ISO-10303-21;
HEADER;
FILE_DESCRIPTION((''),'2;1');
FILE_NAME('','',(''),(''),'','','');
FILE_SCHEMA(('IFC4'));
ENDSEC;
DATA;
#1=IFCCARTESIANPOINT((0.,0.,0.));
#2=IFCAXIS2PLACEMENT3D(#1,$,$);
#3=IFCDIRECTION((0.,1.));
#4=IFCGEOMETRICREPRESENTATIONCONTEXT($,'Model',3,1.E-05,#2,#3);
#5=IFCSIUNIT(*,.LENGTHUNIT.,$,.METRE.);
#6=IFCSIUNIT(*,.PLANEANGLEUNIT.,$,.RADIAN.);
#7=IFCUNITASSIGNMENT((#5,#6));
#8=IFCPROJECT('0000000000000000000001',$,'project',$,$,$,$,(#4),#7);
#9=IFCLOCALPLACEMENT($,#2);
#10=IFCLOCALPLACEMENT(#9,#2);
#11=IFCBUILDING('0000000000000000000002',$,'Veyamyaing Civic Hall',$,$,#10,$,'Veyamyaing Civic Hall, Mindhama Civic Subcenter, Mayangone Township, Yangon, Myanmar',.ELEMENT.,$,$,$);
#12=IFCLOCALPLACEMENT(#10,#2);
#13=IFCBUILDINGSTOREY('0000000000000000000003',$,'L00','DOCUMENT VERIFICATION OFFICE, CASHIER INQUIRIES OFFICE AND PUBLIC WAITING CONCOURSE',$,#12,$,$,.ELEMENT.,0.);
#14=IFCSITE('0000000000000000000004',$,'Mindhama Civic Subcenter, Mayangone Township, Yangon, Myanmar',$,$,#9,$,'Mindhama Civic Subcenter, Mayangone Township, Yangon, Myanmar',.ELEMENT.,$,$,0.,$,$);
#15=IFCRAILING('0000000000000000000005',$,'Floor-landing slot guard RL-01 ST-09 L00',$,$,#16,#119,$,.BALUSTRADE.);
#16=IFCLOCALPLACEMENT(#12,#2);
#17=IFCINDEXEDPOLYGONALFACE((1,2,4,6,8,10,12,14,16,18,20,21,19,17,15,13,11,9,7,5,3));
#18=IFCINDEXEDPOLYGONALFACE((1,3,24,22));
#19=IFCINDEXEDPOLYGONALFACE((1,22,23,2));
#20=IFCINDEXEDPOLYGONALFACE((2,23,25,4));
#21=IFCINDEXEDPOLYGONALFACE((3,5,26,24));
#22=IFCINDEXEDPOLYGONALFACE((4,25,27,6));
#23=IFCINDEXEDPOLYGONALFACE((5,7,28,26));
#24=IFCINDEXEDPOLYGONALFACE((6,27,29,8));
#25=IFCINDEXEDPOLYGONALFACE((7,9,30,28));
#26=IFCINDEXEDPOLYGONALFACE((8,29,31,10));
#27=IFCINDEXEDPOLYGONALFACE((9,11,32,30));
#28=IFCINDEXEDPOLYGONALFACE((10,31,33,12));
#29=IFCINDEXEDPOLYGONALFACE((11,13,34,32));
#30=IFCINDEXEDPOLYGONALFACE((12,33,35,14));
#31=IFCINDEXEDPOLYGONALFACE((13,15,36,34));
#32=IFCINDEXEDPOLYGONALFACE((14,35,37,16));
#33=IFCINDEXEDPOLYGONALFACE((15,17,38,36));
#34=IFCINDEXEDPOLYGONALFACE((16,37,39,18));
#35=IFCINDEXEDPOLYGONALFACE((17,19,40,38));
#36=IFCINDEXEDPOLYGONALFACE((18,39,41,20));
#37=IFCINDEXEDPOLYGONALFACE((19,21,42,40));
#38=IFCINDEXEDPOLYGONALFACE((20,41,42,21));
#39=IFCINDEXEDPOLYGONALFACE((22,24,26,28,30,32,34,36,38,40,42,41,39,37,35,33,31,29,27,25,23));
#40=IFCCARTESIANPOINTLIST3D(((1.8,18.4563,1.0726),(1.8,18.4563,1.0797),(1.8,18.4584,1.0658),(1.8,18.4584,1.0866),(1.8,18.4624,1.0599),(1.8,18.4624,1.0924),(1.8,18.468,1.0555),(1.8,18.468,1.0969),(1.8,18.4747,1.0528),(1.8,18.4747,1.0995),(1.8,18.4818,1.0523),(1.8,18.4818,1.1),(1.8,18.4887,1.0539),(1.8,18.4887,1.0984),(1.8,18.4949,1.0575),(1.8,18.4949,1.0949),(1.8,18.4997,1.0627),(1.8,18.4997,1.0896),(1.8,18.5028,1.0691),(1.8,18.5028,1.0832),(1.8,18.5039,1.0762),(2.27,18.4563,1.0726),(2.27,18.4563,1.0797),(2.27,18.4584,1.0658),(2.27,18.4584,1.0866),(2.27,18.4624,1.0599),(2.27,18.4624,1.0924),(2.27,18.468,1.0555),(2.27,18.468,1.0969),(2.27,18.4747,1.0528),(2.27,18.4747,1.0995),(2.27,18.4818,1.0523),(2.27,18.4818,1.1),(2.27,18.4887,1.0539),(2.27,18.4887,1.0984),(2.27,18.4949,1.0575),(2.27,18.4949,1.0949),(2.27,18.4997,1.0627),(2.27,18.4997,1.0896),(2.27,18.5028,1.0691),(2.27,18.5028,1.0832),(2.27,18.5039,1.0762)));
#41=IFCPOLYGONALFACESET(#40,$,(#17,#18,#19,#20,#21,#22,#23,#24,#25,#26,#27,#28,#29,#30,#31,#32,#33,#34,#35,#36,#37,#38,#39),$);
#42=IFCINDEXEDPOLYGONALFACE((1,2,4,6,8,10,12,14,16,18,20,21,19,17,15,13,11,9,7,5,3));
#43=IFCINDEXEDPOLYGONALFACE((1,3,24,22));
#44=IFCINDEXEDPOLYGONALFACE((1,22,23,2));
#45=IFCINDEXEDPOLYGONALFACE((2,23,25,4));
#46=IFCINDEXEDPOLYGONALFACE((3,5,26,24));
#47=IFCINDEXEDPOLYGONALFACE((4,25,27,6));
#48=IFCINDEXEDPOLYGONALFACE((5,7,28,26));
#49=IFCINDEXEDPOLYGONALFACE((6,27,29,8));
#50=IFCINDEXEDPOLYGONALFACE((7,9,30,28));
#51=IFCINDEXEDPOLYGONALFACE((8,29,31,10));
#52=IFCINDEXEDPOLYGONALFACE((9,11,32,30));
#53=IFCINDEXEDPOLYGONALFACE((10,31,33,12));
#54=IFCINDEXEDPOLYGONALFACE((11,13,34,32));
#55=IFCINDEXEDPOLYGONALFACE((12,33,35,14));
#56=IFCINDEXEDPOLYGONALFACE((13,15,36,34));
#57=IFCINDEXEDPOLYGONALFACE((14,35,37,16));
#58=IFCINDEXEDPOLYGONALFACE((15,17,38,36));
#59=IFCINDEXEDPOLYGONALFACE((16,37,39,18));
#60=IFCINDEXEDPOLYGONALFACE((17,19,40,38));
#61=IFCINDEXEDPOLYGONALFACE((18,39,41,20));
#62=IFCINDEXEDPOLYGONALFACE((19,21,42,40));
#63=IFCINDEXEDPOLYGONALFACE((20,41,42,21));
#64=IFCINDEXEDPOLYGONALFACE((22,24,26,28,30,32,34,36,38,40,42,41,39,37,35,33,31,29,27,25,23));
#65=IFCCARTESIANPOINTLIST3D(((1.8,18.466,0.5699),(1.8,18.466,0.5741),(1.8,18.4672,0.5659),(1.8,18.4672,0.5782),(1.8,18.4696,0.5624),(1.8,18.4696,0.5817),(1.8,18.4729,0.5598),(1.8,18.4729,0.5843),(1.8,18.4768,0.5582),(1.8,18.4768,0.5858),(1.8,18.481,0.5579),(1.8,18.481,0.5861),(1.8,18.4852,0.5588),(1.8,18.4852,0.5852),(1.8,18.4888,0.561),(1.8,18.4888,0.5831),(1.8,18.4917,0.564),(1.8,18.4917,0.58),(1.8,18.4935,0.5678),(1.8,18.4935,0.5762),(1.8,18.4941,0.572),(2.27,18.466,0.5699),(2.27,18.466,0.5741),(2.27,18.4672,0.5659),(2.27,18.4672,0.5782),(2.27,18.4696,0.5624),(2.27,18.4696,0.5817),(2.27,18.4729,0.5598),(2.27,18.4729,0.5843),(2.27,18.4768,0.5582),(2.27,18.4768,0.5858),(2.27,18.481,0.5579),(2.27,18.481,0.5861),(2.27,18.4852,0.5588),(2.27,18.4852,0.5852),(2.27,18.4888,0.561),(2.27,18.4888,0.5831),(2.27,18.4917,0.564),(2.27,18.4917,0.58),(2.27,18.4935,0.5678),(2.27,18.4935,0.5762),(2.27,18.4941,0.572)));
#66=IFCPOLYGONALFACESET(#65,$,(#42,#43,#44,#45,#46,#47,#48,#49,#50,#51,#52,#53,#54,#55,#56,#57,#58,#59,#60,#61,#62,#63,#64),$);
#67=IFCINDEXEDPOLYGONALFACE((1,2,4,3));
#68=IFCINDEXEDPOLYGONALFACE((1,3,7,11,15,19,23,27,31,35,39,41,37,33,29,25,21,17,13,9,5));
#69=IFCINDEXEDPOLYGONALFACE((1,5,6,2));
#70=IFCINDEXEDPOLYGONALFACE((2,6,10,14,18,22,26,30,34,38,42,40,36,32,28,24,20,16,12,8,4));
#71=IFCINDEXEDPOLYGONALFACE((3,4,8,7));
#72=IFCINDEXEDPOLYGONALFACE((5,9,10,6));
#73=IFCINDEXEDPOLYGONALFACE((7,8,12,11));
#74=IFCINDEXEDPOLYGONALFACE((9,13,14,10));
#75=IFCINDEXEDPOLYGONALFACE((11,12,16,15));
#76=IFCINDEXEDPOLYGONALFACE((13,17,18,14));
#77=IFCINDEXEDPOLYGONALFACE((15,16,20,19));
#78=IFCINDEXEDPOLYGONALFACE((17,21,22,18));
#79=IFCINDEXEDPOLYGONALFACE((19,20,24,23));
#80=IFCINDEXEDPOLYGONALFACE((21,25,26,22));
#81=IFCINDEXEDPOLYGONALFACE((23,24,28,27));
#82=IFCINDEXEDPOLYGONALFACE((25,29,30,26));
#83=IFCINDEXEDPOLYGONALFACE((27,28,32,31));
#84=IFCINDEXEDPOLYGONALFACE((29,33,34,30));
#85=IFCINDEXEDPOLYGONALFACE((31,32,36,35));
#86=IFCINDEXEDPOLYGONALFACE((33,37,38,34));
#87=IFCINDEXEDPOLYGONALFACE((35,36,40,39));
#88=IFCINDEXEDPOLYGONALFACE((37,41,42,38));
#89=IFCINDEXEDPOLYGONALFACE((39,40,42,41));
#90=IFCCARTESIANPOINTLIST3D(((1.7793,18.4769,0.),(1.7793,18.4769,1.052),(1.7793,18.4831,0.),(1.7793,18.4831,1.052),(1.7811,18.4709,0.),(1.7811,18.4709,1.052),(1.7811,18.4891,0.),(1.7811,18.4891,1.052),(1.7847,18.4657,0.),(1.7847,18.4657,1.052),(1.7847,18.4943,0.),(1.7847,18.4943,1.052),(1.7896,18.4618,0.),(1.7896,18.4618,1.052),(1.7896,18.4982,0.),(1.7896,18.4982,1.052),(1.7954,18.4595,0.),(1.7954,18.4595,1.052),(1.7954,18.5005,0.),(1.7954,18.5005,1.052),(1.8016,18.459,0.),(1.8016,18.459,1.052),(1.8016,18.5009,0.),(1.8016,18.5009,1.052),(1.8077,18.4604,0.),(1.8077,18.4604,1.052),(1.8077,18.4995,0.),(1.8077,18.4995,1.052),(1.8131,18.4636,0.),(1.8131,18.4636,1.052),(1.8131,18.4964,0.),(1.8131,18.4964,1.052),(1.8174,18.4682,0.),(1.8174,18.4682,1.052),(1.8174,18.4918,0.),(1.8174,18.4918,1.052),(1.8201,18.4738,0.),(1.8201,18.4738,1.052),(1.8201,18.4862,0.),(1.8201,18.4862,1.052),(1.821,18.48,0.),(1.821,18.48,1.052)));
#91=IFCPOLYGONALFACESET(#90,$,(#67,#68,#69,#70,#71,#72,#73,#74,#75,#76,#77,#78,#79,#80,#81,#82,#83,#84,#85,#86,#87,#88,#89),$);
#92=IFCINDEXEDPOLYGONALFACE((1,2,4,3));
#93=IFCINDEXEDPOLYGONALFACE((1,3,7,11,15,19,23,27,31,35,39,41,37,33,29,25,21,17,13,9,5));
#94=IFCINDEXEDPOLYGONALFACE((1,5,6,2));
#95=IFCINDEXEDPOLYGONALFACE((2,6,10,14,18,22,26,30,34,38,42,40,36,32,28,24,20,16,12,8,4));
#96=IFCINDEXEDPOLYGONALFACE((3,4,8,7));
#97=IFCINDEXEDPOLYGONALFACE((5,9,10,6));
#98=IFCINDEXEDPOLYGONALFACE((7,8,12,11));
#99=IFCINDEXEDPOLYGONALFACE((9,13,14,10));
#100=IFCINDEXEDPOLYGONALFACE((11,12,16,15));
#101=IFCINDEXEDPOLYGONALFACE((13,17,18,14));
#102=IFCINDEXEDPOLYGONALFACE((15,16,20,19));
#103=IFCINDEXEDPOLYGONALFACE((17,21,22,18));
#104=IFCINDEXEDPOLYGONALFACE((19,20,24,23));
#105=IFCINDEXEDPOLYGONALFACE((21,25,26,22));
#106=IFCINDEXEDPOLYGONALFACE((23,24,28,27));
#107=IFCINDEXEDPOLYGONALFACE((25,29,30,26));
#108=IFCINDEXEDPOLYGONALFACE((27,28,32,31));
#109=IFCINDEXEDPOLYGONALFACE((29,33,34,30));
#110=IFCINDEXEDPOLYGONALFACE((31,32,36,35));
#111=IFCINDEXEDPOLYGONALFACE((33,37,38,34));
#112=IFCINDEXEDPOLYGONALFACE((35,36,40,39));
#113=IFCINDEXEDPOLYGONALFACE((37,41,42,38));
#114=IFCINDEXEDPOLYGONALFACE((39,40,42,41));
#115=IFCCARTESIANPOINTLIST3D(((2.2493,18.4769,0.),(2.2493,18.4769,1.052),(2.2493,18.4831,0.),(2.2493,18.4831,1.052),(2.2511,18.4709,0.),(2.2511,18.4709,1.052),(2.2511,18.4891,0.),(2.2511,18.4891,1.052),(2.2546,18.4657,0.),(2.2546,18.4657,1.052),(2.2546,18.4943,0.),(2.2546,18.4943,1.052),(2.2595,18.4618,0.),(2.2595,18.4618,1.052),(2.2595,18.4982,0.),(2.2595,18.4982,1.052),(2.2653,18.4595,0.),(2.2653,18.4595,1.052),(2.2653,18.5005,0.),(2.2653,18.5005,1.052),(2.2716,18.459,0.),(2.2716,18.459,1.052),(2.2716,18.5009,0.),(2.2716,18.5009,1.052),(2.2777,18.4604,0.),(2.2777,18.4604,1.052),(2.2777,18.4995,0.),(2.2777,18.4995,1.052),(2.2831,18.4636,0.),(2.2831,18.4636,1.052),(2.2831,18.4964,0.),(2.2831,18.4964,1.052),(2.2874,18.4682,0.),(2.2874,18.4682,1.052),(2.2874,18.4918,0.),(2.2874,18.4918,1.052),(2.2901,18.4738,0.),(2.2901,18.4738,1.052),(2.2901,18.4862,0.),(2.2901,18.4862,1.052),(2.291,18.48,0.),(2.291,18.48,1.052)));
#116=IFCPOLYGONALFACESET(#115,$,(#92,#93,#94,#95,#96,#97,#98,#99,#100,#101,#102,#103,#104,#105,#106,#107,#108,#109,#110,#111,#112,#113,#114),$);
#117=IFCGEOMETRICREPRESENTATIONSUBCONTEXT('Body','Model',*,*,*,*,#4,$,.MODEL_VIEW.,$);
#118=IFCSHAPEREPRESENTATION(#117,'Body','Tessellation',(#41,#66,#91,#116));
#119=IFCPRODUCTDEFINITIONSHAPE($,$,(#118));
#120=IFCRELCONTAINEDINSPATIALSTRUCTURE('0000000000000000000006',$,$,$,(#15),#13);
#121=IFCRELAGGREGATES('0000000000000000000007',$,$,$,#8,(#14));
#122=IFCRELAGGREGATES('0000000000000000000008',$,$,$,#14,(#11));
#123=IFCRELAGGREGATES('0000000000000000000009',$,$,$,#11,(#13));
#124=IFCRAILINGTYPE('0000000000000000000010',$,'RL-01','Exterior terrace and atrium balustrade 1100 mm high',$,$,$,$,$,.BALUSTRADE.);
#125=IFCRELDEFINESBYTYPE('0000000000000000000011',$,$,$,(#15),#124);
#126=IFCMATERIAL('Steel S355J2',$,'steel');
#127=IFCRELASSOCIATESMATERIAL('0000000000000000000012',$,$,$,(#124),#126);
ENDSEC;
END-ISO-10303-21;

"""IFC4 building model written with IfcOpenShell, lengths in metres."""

from ifc_helpers import new_model, si_unit, direction, frame, origin, origin_2d, place, context, subcontext, project, spatial, circle, extrude, material, type_object, element, save


model = new_model("IFC4")

# Units and contexts
model_context = context("Model", 3, precision=1e-05, world=origin(), true_north=direction((0.0, 1.0)))
body_context = subcontext(model_context, "Body", "Model", "MODEL_VIEW")
ifc_project = project(units=[si_unit("LENGTHUNIT", "METRE"), si_unit("PLANEANGLEUNIT", "RADIAN")], contexts=[model_context])

# Site, building, storey
site_placement = place(None, origin())
site = spatial("IfcSite", under=ifc_project, at=site_placement, Name="Mindhama Civic Subcenter, Mayangone Township, Yangon, Myanmar", LongName="Mindhama Civic Subcenter, Mayangone Township, Yangon, Myanmar", CompositionType="ELEMENT", RefElevation=0.0)
building_placement = place(site_placement, origin())
building = spatial("IfcBuilding", under=site, at=building_placement, Name="Veyamyaing Civic Hall", LongName="Veyamyaing Civic Hall, Mindhama Civic Subcenter, Mayangone Township, Yangon, Myanmar", CompositionType="ELEMENT")
storey_placement = place(building_placement, origin())
storey = spatial("IfcBuildingStorey", under=building, at=storey_placement, Name="L00", Description="DOCUMENT VERIFICATION OFFICE, CASHIER INQUIRIES OFFICE AND PUBLIC WAITING CONCOURSE", CompositionType="ELEMENT", Elevation=0.0)

# Railing
ifc_material_1 = material(Name="Steel S355J2", Category="steel")
railing_type_1 = type_object("IfcRailingType", Name="RL-01", Description="Exterior terrace and atrium balustrade 1100 mm high", PredefinedType="BALUSTRADE", material=ifc_material_1)
railing_1_placement = place(storey_placement, frame((1.8, 18.48, 0.0)))
element("IfcRailing", 1, at=railing_1_placement, inside=storey, type_object=railing_type_1, Name="Floor-landing slot guard RL-01 ST-09 L00", PredefinedType="BALUSTRADE", context=body_context, shape_type="SweptSolid", body=[
    extrude(circle(Radius=0.0239, at=origin_2d()), frame((0.0, 0.0, 1.0762), z_axis=(1.0, 0.0, 0.0), x_axis=(0.0, 1.0, 0.0)), (0.0, 0.0, 1.0), 0.47),
    extrude(circle(Radius=0.0142, at=origin_2d()), frame((0.0, 0.0, 0.572), z_axis=(1.0, 0.0, 0.0), x_axis=(0.0, 1.0, 0.0)), (0.0, 0.0, 1.0), 0.47),
    extrude(circle(Radius=0.021, at=origin_2d()), origin(), (0.0, 0.0, 1.0), 1.052),
    extrude(circle(Radius=0.021, at=origin_2d()), frame((0.47, 0.0, 0.0)), (0.0, 0.0, 1.0), 1.052),
])

save(model, "model.ifc")
